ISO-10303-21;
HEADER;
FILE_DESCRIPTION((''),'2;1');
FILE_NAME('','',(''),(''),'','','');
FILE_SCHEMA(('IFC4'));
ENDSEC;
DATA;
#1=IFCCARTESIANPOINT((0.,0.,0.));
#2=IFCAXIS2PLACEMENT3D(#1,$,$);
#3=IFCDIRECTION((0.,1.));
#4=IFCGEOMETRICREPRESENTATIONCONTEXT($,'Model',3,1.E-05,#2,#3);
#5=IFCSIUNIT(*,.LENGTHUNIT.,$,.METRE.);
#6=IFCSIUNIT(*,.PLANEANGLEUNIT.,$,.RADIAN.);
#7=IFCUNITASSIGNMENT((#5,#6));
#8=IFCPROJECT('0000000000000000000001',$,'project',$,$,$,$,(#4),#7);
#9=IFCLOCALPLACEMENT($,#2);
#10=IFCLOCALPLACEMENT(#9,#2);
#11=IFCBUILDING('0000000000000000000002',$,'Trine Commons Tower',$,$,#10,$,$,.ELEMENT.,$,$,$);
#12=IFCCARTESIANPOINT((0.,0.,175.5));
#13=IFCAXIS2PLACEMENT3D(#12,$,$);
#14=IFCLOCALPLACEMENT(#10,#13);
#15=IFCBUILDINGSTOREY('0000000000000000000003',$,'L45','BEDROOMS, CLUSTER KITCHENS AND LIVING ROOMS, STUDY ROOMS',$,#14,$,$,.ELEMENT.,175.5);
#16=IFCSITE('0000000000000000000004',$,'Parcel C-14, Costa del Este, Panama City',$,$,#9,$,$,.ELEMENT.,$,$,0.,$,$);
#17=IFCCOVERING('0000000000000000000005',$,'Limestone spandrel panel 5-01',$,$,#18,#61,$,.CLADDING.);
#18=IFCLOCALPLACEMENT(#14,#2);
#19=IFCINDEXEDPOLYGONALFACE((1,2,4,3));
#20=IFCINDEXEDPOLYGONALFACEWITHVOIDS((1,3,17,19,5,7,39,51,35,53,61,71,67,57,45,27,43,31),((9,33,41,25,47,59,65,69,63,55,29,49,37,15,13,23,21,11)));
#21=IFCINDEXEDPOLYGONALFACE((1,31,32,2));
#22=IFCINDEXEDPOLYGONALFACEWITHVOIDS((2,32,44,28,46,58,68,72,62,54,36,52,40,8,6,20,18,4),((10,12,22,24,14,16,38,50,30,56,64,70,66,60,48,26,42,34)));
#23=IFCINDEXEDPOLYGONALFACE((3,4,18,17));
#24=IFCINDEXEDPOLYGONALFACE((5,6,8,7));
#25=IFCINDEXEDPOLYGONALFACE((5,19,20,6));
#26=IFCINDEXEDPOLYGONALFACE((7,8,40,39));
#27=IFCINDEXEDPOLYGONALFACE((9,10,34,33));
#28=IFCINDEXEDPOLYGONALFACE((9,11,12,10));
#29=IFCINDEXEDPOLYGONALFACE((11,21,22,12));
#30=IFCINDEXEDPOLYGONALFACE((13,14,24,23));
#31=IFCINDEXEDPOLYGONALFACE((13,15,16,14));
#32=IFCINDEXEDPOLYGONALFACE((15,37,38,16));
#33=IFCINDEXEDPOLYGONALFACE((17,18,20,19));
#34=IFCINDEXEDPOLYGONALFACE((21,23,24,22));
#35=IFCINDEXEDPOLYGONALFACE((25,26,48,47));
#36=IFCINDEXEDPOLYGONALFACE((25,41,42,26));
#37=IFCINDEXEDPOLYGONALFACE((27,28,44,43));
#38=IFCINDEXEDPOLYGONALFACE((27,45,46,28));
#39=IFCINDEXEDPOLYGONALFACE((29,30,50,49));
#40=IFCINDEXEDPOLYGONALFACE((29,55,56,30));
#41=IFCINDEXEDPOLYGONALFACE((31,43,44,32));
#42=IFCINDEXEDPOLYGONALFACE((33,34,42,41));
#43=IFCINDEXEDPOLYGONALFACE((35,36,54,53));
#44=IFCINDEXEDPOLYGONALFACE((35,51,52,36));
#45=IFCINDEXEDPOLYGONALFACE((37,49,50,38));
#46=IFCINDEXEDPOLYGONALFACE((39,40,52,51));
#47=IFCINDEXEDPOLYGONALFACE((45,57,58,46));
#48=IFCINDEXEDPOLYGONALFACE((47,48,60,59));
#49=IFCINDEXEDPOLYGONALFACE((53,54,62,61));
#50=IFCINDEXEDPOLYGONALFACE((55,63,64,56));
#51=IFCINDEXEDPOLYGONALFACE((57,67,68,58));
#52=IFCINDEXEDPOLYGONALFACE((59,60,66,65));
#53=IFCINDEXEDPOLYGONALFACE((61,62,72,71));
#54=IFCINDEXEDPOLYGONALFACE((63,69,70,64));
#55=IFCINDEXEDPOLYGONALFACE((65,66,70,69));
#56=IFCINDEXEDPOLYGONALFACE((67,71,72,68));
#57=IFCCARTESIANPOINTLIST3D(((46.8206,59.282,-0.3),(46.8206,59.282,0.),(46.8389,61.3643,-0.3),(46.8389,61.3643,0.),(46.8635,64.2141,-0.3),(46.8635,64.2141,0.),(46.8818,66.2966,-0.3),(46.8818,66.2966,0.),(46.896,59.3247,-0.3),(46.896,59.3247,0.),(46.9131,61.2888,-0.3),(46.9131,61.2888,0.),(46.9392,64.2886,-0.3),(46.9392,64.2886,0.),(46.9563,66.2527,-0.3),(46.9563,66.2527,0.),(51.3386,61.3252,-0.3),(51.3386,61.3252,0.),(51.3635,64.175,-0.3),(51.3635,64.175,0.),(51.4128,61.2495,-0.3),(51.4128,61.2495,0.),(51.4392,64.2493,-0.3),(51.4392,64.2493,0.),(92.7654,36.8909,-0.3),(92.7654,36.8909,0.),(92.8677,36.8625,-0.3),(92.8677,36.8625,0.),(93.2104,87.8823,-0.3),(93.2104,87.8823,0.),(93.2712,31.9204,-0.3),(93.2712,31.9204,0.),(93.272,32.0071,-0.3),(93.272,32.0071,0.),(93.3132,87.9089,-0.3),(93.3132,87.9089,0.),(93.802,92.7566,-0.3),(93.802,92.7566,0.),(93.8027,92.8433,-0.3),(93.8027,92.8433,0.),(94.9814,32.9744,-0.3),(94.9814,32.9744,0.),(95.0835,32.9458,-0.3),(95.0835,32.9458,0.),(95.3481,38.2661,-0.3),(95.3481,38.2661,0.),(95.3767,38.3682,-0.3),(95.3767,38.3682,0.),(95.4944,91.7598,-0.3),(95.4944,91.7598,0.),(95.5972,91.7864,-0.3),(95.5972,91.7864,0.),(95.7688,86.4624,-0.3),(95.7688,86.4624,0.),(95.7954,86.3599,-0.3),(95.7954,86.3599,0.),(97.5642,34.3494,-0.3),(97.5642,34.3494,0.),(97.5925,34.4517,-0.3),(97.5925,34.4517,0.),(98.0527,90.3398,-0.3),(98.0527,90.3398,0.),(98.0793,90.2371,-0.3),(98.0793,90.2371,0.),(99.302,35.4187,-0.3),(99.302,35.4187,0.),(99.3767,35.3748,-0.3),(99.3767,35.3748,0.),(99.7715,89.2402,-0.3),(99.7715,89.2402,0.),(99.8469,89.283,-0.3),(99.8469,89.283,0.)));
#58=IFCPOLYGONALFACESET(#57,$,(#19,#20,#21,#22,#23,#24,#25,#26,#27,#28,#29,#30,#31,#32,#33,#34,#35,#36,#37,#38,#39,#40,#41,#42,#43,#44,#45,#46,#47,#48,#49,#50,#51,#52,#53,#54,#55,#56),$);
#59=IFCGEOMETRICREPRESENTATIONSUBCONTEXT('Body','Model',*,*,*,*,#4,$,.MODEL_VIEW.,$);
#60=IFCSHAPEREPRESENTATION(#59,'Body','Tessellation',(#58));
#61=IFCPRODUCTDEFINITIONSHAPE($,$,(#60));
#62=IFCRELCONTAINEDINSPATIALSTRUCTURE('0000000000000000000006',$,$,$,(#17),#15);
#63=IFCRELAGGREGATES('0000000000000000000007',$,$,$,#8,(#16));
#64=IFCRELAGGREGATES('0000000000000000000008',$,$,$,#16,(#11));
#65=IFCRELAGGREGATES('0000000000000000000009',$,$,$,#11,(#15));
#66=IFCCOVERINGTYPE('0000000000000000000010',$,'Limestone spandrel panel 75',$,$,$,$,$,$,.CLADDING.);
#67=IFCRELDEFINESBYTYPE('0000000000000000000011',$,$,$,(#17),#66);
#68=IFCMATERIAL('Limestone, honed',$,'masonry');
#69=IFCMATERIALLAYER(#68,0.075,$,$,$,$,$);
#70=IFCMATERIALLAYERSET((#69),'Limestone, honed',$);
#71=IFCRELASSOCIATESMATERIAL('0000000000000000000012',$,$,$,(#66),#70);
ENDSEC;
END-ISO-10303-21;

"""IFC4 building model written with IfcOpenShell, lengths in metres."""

from ifc_helpers import new_model, si_unit, direction, frame, origin, place, context, subcontext, project, spatial, polyline, outline, extrude, material, layer, layer_set, type_object, element, save


model = new_model("IFC4")

# Units and contexts
model_context = context("Model", 3, precision=1e-05, world=origin(), true_north=direction((0.0, 1.0)))
body_context = subcontext(model_context, "Body", "Model", "MODEL_VIEW")
ifc_project = project(units=[si_unit("LENGTHUNIT", "METRE"), si_unit("PLANEANGLEUNIT", "RADIAN")], contexts=[model_context])

# Site, building, storey
site_placement = place(None, origin())
site = spatial("IfcSite", under=ifc_project, at=site_placement, Name="Parcel C-14, Costa del Este, Panama City", CompositionType="ELEMENT", RefElevation=0.0)
building_placement = place(site_placement, origin())
building = spatial("IfcBuilding", under=site, at=building_placement, Name="Trine Commons Tower", CompositionType="ELEMENT")
storey_placement = place(building_placement, frame((0.0, 0.0, 175.5)))
storey = spatial("IfcBuildingStorey", under=building, at=storey_placement, Name="L45", Description="BEDROOMS, CLUSTER KITCHENS AND LIVING ROOMS, STUDY ROOMS", CompositionType="ELEMENT", Elevation=175.5)

# Covering
ifc_material_1 = material(Name="Limestone, honed", Category="masonry")
ifc_layer_1 = layer(ifc_material_1, 0.075)
ifc_layer_set_1 = layer_set([ifc_layer_1], Name="Limestone, honed")
covering_type_1 = type_object("IfcCoveringType", Name="Limestone spandrel panel 75", PredefinedType="CLADDING", material=ifc_layer_set_1)
covering_1_placement = place(storey_placement, frame((0.0, 0.0, -0.3)))
element("IfcCovering", 1, at=covering_1_placement, inside=storey, type_object=covering_type_1, Name="Limestone spandrel panel 5-01", PredefinedType="CLADDING", context=body_context, shape_type="SweptSolid", body=[
    extrude(outline(polyline([(95.3481, 38.2661), (97.5642, 34.3494), (99.3767, 35.3748), (99.8469, 89.283), (98.0527, 90.3398), (95.7688, 86.4624), (93.3132, 87.9089), (95.5972, 91.7864), (93.8027, 92.8433), (46.8818, 66.2966), (46.8635, 64.2141), (51.3635, 64.175), (51.3386, 61.3252), (46.8389, 61.3643), (46.8206, 59.282), (93.2712, 31.9204), (95.0835, 32.9458), (92.8677, 36.8625), (95.3481, 38.2661)]), holes=[polyline([(98.0793, 90.2371), (99.7715, 89.2402), (99.302, 35.4187), (97.5925, 34.4517), (95.3767, 38.3682), (92.7654, 36.8909), (94.9814, 32.9744), (93.272, 32.0071), (46.896, 59.3247), (46.9131, 61.2888), (51.4128, 61.2495), (51.4392, 64.2493), (46.9392, 64.2886), (46.9563, 66.2527), (93.802, 92.7566), (95.4944, 91.7598), (93.2104, 87.8823), (95.7954, 86.3599), (98.0793, 90.2371)])]), origin(), (0.0, 0.0, 1.0), 0.3),
])

save(model, "model.ifc")
